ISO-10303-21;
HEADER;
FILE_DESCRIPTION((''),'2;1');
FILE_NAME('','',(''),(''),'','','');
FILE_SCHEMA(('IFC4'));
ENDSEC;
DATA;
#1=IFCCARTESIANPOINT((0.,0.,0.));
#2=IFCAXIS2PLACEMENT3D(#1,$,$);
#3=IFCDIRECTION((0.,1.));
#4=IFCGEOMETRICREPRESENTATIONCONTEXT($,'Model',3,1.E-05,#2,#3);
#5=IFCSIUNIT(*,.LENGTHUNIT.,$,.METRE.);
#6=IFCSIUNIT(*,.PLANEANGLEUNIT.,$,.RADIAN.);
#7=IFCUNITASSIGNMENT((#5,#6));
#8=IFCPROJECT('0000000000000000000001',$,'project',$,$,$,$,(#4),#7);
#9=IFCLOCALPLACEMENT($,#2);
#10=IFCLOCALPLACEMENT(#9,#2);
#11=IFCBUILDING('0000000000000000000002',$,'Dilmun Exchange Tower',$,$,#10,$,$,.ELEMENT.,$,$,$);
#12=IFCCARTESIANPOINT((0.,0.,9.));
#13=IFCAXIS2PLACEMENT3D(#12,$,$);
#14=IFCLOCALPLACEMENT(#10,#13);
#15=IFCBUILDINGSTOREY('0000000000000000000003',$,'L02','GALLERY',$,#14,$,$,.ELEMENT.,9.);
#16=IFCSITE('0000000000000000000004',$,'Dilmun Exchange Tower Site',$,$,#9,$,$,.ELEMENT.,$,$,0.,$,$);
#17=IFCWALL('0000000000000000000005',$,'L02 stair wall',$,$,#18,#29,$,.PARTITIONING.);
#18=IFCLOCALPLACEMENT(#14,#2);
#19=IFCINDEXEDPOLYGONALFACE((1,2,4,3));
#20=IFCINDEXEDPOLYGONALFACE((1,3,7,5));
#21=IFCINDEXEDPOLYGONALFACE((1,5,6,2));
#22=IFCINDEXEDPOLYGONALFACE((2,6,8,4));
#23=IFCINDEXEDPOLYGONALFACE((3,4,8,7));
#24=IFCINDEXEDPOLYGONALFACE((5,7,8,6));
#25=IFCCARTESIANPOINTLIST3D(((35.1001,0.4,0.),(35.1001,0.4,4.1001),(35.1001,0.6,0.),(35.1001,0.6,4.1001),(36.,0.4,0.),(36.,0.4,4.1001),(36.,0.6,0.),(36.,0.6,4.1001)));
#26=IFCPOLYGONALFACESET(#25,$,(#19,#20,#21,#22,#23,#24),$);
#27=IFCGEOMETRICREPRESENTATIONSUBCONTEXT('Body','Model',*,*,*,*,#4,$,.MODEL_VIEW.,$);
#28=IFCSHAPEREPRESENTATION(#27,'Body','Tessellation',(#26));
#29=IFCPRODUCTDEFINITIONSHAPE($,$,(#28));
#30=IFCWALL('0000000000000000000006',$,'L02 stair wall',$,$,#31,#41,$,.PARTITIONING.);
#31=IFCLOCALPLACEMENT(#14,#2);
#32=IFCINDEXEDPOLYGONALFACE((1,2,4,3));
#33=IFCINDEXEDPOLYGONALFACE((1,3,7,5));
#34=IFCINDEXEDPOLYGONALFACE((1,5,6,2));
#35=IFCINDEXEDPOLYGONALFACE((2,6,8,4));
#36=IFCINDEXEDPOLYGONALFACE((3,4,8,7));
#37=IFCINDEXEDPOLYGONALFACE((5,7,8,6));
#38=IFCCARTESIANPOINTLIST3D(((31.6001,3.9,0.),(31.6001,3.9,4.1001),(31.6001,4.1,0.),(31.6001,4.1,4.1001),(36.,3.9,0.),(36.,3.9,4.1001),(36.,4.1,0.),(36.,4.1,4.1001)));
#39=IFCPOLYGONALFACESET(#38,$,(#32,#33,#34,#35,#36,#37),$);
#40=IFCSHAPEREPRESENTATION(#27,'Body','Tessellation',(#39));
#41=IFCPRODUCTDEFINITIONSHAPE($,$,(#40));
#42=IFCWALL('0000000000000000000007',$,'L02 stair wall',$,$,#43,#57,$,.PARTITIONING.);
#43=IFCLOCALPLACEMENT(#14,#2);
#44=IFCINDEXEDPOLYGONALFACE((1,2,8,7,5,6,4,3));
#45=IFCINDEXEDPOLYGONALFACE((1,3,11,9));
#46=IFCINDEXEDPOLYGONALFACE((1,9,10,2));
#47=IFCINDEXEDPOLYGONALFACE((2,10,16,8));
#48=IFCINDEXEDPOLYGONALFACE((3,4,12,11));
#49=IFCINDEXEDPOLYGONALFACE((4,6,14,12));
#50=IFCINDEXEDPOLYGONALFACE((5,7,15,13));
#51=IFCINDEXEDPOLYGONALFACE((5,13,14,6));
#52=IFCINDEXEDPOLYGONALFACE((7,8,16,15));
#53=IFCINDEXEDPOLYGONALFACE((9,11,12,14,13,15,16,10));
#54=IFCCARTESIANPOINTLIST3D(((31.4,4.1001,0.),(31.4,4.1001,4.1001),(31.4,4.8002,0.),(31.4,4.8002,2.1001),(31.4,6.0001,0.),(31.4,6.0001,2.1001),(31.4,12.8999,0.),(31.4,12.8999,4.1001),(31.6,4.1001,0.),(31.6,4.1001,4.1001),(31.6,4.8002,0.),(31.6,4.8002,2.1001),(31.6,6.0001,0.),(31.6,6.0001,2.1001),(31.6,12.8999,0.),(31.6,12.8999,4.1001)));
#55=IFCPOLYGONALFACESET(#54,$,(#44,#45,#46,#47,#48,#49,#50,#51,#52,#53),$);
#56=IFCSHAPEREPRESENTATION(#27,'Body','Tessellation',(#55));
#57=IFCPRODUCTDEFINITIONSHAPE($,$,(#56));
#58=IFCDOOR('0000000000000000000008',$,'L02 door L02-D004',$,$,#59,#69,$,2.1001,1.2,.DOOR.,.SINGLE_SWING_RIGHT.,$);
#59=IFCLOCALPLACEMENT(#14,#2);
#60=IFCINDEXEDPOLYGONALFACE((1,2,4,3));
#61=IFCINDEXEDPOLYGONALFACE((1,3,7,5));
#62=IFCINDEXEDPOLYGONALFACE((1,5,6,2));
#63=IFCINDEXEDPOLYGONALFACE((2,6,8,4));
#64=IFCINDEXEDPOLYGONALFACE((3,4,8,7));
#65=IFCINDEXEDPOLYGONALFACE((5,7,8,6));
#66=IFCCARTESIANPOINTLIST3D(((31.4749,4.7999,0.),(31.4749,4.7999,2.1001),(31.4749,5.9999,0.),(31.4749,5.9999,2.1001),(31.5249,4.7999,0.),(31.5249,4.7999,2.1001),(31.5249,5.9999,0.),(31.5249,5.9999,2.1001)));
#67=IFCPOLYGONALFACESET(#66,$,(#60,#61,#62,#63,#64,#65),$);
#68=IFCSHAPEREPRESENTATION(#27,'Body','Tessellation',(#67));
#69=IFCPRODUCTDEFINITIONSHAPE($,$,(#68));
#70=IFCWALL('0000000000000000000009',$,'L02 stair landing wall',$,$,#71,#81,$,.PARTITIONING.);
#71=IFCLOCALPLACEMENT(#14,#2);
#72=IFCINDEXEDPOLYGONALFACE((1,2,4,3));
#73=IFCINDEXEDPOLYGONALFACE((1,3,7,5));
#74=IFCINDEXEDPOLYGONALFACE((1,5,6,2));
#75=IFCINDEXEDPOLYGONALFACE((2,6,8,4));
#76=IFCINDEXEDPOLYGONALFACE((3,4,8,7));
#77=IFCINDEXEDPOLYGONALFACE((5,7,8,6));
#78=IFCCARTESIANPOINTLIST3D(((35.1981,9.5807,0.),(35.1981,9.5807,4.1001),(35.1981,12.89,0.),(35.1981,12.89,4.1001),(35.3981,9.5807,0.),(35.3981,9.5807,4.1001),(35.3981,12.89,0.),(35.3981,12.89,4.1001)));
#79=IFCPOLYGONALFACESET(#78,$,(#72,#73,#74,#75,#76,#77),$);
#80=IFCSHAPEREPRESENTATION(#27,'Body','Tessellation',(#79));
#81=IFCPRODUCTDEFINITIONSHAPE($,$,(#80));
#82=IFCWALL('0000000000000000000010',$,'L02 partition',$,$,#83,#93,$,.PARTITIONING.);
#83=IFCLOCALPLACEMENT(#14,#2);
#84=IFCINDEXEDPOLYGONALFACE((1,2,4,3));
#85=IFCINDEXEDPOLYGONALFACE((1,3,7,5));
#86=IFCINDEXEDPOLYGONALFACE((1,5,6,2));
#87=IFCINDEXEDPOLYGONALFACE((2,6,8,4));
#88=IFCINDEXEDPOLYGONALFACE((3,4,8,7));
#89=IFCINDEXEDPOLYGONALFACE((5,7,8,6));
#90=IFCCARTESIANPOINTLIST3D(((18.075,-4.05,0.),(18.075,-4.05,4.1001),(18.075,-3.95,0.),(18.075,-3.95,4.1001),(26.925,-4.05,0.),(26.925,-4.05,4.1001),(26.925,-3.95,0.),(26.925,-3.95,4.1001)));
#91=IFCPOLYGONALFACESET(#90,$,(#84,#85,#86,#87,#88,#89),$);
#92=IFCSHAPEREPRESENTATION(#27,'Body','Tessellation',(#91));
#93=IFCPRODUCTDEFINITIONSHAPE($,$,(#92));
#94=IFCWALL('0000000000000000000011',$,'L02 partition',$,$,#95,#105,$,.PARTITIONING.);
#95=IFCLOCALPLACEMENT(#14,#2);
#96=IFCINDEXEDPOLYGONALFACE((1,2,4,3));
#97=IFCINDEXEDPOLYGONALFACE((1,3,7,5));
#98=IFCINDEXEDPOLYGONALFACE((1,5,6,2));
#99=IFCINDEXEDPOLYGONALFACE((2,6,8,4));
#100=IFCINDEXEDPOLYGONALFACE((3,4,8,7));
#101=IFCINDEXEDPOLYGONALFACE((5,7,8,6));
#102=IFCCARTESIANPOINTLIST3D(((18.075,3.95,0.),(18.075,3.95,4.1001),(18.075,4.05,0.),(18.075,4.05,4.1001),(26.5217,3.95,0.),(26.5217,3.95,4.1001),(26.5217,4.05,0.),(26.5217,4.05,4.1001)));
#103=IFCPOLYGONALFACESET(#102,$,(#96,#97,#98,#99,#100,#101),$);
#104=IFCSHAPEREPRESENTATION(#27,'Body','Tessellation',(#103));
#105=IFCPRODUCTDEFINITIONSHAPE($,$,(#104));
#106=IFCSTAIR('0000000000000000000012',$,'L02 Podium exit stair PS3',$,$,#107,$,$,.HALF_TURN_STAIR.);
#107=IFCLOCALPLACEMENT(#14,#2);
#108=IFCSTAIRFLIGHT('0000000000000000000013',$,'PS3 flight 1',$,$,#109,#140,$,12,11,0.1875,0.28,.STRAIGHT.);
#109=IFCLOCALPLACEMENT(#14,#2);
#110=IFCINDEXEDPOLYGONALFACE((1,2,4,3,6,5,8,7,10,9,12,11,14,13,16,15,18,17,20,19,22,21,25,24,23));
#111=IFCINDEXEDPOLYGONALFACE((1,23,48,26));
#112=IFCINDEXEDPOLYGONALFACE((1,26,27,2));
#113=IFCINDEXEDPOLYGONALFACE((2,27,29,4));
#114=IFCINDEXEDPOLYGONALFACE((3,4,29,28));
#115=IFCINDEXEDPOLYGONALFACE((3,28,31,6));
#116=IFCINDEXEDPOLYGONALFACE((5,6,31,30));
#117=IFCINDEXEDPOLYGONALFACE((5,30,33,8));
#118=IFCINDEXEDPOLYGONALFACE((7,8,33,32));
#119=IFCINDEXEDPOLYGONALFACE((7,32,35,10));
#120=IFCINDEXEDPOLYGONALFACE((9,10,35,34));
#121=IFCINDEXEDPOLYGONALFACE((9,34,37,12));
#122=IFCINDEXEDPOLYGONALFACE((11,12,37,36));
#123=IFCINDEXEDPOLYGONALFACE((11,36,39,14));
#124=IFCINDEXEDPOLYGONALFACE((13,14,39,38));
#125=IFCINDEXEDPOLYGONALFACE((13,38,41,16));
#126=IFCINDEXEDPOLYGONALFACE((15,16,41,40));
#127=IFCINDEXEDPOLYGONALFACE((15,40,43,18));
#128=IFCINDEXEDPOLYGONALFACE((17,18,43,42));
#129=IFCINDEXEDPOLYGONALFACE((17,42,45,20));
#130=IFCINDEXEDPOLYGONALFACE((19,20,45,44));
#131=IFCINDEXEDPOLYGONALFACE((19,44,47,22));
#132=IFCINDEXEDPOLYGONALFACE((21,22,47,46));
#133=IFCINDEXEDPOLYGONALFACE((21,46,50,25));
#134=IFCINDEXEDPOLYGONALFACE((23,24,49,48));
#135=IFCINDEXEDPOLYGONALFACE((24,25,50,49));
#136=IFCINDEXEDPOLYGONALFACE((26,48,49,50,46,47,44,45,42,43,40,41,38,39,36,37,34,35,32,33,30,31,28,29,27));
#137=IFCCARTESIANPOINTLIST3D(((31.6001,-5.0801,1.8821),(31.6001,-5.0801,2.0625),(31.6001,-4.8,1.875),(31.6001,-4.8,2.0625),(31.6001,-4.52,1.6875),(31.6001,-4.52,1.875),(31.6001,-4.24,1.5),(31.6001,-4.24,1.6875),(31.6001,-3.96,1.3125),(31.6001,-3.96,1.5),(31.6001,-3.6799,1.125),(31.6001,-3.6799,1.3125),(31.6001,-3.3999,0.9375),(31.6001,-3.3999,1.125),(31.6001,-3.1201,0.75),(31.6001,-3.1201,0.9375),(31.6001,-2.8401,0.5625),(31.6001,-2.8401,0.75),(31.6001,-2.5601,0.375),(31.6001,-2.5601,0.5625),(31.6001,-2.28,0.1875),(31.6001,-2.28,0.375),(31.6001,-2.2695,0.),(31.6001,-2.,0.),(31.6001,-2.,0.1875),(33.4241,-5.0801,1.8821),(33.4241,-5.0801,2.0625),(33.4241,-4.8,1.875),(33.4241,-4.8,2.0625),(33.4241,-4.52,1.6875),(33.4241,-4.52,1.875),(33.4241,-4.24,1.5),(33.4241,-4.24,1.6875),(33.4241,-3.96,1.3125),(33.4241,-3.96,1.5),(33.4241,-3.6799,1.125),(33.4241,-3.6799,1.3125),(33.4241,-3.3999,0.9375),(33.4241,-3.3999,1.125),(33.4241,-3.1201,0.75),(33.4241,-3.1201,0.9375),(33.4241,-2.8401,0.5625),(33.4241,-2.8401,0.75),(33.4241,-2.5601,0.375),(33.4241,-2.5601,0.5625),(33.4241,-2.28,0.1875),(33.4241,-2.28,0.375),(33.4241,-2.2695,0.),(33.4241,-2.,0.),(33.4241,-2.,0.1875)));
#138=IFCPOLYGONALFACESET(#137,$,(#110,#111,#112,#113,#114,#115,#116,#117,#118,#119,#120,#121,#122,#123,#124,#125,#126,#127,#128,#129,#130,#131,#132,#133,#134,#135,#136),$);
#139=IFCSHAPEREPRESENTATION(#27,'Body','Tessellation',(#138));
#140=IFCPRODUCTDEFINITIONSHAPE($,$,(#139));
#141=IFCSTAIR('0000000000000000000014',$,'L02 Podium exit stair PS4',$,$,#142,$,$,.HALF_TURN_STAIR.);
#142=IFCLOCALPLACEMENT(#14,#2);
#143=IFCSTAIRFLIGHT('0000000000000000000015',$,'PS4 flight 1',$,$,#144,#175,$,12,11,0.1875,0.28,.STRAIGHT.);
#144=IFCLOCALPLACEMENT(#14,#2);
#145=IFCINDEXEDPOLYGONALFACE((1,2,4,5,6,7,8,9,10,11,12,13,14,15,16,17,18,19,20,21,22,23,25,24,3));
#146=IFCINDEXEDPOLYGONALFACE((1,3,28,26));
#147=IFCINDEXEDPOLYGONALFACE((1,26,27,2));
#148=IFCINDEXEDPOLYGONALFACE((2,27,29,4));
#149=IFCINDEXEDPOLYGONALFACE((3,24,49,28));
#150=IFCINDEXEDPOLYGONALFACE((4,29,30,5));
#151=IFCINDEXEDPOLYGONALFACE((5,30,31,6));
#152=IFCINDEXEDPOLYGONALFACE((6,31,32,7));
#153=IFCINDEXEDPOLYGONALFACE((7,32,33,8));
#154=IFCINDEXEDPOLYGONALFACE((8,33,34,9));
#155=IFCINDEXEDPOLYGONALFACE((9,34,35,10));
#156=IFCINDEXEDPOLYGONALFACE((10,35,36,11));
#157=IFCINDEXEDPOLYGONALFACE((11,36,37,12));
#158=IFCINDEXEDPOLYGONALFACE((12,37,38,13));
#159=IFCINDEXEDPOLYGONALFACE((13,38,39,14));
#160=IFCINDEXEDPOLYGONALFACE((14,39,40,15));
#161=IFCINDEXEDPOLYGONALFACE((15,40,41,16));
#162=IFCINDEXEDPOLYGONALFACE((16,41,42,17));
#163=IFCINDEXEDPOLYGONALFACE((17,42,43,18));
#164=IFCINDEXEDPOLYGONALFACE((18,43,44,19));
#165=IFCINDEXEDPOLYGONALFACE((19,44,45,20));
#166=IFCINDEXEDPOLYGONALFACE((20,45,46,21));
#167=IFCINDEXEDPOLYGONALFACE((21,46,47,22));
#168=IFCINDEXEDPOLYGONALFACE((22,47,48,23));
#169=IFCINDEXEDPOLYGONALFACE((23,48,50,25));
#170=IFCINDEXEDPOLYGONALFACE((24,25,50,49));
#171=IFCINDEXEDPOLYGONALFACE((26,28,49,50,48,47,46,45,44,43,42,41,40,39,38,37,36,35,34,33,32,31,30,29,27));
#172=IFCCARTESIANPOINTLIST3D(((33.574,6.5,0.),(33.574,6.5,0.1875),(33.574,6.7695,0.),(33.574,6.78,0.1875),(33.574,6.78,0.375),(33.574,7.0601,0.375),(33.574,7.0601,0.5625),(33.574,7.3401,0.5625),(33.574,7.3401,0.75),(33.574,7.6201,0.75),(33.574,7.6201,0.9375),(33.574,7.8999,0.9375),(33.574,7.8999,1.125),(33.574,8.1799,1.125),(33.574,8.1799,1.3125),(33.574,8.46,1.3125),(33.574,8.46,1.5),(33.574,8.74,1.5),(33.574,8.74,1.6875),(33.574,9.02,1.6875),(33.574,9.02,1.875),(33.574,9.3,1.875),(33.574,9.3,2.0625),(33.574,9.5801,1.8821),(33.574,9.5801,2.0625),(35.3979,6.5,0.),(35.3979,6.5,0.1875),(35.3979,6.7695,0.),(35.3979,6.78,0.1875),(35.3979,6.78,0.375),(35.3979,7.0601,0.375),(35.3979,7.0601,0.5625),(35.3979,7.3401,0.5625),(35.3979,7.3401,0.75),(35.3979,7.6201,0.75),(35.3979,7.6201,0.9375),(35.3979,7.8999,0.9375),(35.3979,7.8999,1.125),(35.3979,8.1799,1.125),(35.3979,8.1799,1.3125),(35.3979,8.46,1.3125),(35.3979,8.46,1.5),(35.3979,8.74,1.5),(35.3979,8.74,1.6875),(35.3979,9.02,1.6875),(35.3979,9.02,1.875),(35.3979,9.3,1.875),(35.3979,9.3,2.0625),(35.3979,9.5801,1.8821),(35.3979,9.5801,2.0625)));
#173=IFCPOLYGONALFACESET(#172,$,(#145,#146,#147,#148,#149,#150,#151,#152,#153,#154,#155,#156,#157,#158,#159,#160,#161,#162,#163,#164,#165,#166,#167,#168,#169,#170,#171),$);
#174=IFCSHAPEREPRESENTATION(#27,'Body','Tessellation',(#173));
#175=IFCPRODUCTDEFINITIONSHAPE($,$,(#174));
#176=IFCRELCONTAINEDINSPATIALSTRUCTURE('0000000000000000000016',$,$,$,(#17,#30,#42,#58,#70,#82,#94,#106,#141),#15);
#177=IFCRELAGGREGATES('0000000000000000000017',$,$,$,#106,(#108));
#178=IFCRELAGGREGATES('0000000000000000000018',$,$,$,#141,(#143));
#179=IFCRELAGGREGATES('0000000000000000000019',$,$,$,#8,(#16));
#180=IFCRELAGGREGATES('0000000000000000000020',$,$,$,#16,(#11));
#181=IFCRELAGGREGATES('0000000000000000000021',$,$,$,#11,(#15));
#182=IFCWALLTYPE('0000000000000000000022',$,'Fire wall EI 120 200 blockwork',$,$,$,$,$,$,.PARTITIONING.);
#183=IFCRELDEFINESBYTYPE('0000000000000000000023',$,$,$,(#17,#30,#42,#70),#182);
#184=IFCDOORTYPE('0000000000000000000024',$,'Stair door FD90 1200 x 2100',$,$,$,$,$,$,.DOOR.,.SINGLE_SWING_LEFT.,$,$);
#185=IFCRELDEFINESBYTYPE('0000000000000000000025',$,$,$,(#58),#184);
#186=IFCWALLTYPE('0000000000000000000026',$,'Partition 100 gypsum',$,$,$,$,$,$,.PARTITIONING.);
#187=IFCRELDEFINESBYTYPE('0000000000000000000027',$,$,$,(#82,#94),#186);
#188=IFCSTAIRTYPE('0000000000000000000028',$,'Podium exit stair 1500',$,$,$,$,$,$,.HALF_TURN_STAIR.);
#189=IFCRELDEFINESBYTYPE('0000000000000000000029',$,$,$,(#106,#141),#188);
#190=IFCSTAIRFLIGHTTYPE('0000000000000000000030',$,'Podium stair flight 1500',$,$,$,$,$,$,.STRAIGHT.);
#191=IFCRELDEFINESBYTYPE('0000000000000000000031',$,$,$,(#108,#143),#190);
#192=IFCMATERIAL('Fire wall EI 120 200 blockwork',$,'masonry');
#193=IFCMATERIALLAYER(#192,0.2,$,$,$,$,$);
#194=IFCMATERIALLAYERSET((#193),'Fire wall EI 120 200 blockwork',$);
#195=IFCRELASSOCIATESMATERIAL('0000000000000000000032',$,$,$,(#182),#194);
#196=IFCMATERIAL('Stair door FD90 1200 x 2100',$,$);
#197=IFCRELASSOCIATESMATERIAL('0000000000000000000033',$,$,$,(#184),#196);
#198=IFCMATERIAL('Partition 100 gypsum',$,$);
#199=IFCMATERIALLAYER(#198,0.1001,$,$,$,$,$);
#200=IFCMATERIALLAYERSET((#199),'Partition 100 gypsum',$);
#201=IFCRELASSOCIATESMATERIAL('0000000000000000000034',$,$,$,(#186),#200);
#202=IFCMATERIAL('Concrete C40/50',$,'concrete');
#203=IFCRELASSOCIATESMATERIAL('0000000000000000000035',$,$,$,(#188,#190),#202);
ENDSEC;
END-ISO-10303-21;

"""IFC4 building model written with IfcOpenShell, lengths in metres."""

from ifc_helpers import new_model, si_unit, direction, frame, frame_2d, origin, place, context, subcontext, project, spatial, polyline, rectangle, outline, extrude, material, layer, layer_set, type_object, element, fill, aggregate, save


model = new_model("IFC4")

# Units and contexts
model_context = context("Model", 3, precision=1e-05, world=origin(), true_north=direction((0.0, 1.0)))
body_context = subcontext(model_context, "Body", "Model", "MODEL_VIEW")
ifc_project = project(units=[si_unit("LENGTHUNIT", "METRE"), si_unit("PLANEANGLEUNIT", "RADIAN")], contexts=[model_context])

# Site, building, storey
site_placement = place(None, origin())
site = spatial("IfcSite", under=ifc_project, at=site_placement, Name="Dilmun Exchange Tower Site", CompositionType="ELEMENT", RefElevation=0.0)
building_placement = place(site_placement, origin())
building = spatial("IfcBuilding", under=site, at=building_placement, Name="Dilmun Exchange Tower", CompositionType="ELEMENT")
storey_placement = place(building_placement, frame((0.0, 0.0, 9.0)))
storey = spatial("IfcBuildingStorey", under=building, at=storey_placement, Name="L02", Description="GALLERY", CompositionType="ELEMENT", Elevation=9.0)

# Walls
ifc_material_1 = material(Name="Fire wall EI 120 200 blockwork", Category="masonry")
ifc_layer_1 = layer(ifc_material_1, 0.2)
ifc_layer_set_1 = layer_set([ifc_layer_1], Name="Fire wall EI 120 200 blockwork")
wall_type_1 = type_object("IfcWallType", Name="Fire wall EI 120 200 blockwork", PredefinedType="PARTITIONING", material=ifc_layer_set_1)
wall_1_placement = place(storey_placement, frame((35.1001, 0.5, 0.0), z_axis=(0.0, 0.0, 1.0), x_axis=(1.0, 0.0, 0.0)))
element("IfcWall", 1, at=wall_1_placement, inside=storey, type_object=wall_type_1, Name="L02 stair wall", PredefinedType="PARTITIONING", context=body_context, shape_type="SweptSolid", body=[
    extrude(rectangle(XDim=0.8999, YDim=0.2, at=frame_2d((0.45, 0.0))), origin(), (0.0, 0.0, 1.0), 4.1001),
])
wall_2_placement = place(storey_placement, frame((31.6001, 4.0, 0.0), z_axis=(0.0, 0.0, 1.0), x_axis=(1.0, 0.0, 0.0)))
element("IfcWall", 2, at=wall_2_placement, inside=storey, type_object=wall_type_1, Name="L02 stair wall", PredefinedType="PARTITIONING", context=body_context, shape_type="SweptSolid", body=[
    extrude(rectangle(XDim=4.3999, YDim=0.2, at=frame_2d((2.2, 0.0))), origin(), (0.0, 0.0, 1.0), 4.1001),
])

# Wall, opening, door
wall_3_placement = place(storey_placement, frame((31.5, 4.1001, 0.0), z_axis=(0.0, 0.0, 1.0), x_axis=(0.0, 1.0, 0.0)))
wall_3 = element("IfcWall", 3, at=wall_3_placement, inside=storey, type_object=wall_type_1, Name="L02 stair wall", PredefinedType="PARTITIONING", context=body_context, shape_type="SweptSolid", body=[
    extrude(rectangle(XDim=8.7998, YDim=0.2, at=frame_2d((4.3999, 0.0))), origin(), (0.0, 0.0, 1.0), 4.1001),
])
opening_placement = place(wall_3_placement, frame((0.7, 0.0, 0.0)))
opening = element("IfcOpeningElement", 4, at=opening_placement, cuts=wall_3, PredefinedType="OPENING", context=body_context, shape_type="SweptSolid", body=[
    extrude(rectangle(XDim=1.2, YDim=2.1001, at=frame_2d((0.6001, 1.05))), frame((0.0, 0.1099, 0.0), z_axis=(0.0, -1.0, 0.0), x_axis=(1.0, 0.0, 0.0)), (0.0, 0.0, 1.0), 0.22),
])
ifc_material_2 = material(Name="Stair door FD90 1200 x 2100")
door_type = type_object("IfcDoorType", Name="Stair door FD90 1200 x 2100", OperationType="SINGLE_SWING_LEFT", PredefinedType="DOOR", material=ifc_material_2)
door_placement = place(opening_placement, frame((1.2, 0.0, 0.0), z_axis=(0.0, 0.0, 1.0), x_axis=(-1.0, 0.0, 0.0)))
door = element("IfcDoor", 5, at=door_placement, inside=storey, type_object=door_type, Name="L02 door L02-D004", OperationType="SINGLE_SWING_RIGHT", OverallHeight=2.1001, OverallWidth=1.2, PredefinedType="DOOR", context=body_context, shape_type="SweptSolid", body=[
    extrude(rectangle(XDim=1.2, YDim=2.1001, at=frame_2d((0.6001, 1.05))), frame((0.0, 0.0249, 0.0), z_axis=(0.0, -1.0, 0.0), x_axis=(1.0, 0.0, 0.0)), (0.0, 0.0, 1.0), 0.05),
])
fill(opening, door)

# Walls
wall_4_placement = place(storey_placement, frame((35.2981, 9.5806, 0.0), z_axis=(0.0, 0.0, 1.0), x_axis=(0.0, 1.0, 0.0)))
element("IfcWall", 6, at=wall_4_placement, inside=storey, type_object=wall_type_1, Name="L02 stair landing wall", PredefinedType="PARTITIONING", context=body_context, shape_type="SweptSolid", body=[
    extrude(rectangle(XDim=3.3093, YDim=0.2, at=frame_2d((1.6548, 0.0))), origin(), (0.0, 0.0, 1.0), 4.1001),
])
ifc_material_3 = material(Name="Partition 100 gypsum")
ifc_layer_2 = layer(ifc_material_3, 0.1001)
ifc_layer_set_2 = layer_set([ifc_layer_2], Name="Partition 100 gypsum")
wall_type_2 = type_object("IfcWallType", Name="Partition 100 gypsum", PredefinedType="PARTITIONING", material=ifc_layer_set_2)
wall_5_placement = place(storey_placement, frame((18.075, -4.0, 0.0), z_axis=(0.0, 0.0, 1.0), x_axis=(1.0, 0.0, 0.0)))
element("IfcWall", 7, at=wall_5_placement, inside=storey, type_object=wall_type_2, Name="L02 partition", PredefinedType="PARTITIONING", context=body_context, shape_type="SweptSolid", body=[
    extrude(rectangle(XDim=8.8501, YDim=0.1001, at=frame_2d((4.425, 0.0))), origin(), (0.0, 0.0, 1.0), 4.1001),
])
wall_6_placement = place(storey_placement, frame((18.075, 4.0, 0.0), z_axis=(0.0, 0.0, 1.0), x_axis=(1.0, 0.0, 0.0)))
element("IfcWall", 8, at=wall_6_placement, inside=storey, type_object=wall_type_2, Name="L02 partition", PredefinedType="PARTITIONING", context=body_context, shape_type="SweptSolid", body=[
    extrude(rectangle(XDim=8.4468, YDim=0.1001, at=frame_2d((4.2234, 0.0))), origin(), (0.0, 0.0, 1.0), 4.1001),
])

# Stair, stair flight
ifc_material_4 = material(Name="Concrete C40/50", Category="concrete")
stair_type = type_object("IfcStairType", Name="Podium exit stair 1500", PredefinedType="HALF_TURN_STAIR", material=ifc_material_4)
stair_1_placement = place(storey_placement, origin())
stair_1 = element("IfcStair", 9, at=stair_1_placement, inside=storey, type_object=stair_type, Name="L02 Podium exit stair PS3", PredefinedType="HALF_TURN_STAIR")
stair_flight_type = type_object("IfcStairFlightType", Name="Podium stair flight 1500", PredefinedType="STRAIGHT", material=ifc_material_4)
stair_flight_1_placement = place(storey_placement, frame((32.512, -2.0, 0.0), z_axis=(0.0, 0.0, 1.0), x_axis=(0.0, -1.0, 0.0)))
stair_flight_1 = element("IfcStairFlight", 10, at=stair_flight_1_placement, type_object=stair_flight_type, Name="PS3 flight 1", NumberOfRisers=12, NumberOfTreads=11, PredefinedType="STRAIGHT", RiserHeight=0.1875, TreadLength=0.28, context=body_context, shape_type="SweptSolid", body=[
    extrude(outline(polyline([(0.0, 0.0), (0.0, 0.1875), (0.28, 0.1875), (0.28, 0.375), (0.5601, 0.375), (0.5601, 0.5625), (0.8401, 0.5625), (0.8401, 0.75), (1.1201, 0.75), (1.1201, 0.9375), (1.3999, 0.9375), (1.3999, 1.125), (1.6799, 1.125), (1.6799, 1.3125), (1.96, 1.3125), (1.96, 1.5), (2.24, 1.5), (2.24, 1.6875), (2.52, 1.6875), (2.52, 1.875), (2.8, 1.875), (2.8, 2.0625), (3.0801, 2.0625), (3.0801, 2.25), (3.0801, 1.8821), (0.2695, 0.0), (0.0, 0.0)])), frame((0.0, 0.9121, 0.0), z_axis=(0.0, -1.0, 0.0), x_axis=(1.0, 0.0, 0.0)), (0.0, 0.0, 1.0), 1.824),
])
aggregate(stair_1, [stair_flight_1])

# Stair, stair flight
stair_2_placement = place(storey_placement, origin())
stair_2 = element("IfcStair", 11, at=stair_2_placement, inside=storey, type_object=stair_type, Name="L02 Podium exit stair PS4", PredefinedType="HALF_TURN_STAIR")
stair_flight_2_placement = place(storey_placement, frame((34.4861, 6.5, 0.0), z_axis=(0.0, 0.0, 1.0), x_axis=(0.0, 1.0, 0.0)))
stair_flight_2 = element("IfcStairFlight", 12, at=stair_flight_2_placement, type_object=stair_flight_type, Name="PS4 flight 1", NumberOfRisers=12, NumberOfTreads=11, PredefinedType="STRAIGHT", RiserHeight=0.1875, TreadLength=0.28, context=body_context, shape_type="SweptSolid", body=[
    extrude(outline(polyline([(0.0, 0.0), (0.0, 0.1875), (0.28, 0.1875), (0.28, 0.375), (0.5601, 0.375), (0.5601, 0.5625), (0.8401, 0.5625), (0.8401, 0.75), (1.1201, 0.75), (1.1201, 0.9375), (1.3999, 0.9375), (1.3999, 1.125), (1.6799, 1.125), (1.6799, 1.3125), (1.96, 1.3125), (1.96, 1.5), (2.24, 1.5), (2.24, 1.6875), (2.52, 1.6875), (2.52, 1.875), (2.8, 1.875), (2.8, 2.0625), (3.0801, 2.0625), (3.0801, 2.25), (3.0801, 1.8821), (0.2695, 0.0), (0.0, 0.0)])), frame((0.0, 0.9121, 0.0), z_axis=(0.0, -1.0, 0.0), x_axis=(1.0, 0.0, 0.0)), (0.0, 0.0, 1.0), 1.824),
])
aggregate(stair_2, [stair_flight_2])

save(model, "model.ifc")
